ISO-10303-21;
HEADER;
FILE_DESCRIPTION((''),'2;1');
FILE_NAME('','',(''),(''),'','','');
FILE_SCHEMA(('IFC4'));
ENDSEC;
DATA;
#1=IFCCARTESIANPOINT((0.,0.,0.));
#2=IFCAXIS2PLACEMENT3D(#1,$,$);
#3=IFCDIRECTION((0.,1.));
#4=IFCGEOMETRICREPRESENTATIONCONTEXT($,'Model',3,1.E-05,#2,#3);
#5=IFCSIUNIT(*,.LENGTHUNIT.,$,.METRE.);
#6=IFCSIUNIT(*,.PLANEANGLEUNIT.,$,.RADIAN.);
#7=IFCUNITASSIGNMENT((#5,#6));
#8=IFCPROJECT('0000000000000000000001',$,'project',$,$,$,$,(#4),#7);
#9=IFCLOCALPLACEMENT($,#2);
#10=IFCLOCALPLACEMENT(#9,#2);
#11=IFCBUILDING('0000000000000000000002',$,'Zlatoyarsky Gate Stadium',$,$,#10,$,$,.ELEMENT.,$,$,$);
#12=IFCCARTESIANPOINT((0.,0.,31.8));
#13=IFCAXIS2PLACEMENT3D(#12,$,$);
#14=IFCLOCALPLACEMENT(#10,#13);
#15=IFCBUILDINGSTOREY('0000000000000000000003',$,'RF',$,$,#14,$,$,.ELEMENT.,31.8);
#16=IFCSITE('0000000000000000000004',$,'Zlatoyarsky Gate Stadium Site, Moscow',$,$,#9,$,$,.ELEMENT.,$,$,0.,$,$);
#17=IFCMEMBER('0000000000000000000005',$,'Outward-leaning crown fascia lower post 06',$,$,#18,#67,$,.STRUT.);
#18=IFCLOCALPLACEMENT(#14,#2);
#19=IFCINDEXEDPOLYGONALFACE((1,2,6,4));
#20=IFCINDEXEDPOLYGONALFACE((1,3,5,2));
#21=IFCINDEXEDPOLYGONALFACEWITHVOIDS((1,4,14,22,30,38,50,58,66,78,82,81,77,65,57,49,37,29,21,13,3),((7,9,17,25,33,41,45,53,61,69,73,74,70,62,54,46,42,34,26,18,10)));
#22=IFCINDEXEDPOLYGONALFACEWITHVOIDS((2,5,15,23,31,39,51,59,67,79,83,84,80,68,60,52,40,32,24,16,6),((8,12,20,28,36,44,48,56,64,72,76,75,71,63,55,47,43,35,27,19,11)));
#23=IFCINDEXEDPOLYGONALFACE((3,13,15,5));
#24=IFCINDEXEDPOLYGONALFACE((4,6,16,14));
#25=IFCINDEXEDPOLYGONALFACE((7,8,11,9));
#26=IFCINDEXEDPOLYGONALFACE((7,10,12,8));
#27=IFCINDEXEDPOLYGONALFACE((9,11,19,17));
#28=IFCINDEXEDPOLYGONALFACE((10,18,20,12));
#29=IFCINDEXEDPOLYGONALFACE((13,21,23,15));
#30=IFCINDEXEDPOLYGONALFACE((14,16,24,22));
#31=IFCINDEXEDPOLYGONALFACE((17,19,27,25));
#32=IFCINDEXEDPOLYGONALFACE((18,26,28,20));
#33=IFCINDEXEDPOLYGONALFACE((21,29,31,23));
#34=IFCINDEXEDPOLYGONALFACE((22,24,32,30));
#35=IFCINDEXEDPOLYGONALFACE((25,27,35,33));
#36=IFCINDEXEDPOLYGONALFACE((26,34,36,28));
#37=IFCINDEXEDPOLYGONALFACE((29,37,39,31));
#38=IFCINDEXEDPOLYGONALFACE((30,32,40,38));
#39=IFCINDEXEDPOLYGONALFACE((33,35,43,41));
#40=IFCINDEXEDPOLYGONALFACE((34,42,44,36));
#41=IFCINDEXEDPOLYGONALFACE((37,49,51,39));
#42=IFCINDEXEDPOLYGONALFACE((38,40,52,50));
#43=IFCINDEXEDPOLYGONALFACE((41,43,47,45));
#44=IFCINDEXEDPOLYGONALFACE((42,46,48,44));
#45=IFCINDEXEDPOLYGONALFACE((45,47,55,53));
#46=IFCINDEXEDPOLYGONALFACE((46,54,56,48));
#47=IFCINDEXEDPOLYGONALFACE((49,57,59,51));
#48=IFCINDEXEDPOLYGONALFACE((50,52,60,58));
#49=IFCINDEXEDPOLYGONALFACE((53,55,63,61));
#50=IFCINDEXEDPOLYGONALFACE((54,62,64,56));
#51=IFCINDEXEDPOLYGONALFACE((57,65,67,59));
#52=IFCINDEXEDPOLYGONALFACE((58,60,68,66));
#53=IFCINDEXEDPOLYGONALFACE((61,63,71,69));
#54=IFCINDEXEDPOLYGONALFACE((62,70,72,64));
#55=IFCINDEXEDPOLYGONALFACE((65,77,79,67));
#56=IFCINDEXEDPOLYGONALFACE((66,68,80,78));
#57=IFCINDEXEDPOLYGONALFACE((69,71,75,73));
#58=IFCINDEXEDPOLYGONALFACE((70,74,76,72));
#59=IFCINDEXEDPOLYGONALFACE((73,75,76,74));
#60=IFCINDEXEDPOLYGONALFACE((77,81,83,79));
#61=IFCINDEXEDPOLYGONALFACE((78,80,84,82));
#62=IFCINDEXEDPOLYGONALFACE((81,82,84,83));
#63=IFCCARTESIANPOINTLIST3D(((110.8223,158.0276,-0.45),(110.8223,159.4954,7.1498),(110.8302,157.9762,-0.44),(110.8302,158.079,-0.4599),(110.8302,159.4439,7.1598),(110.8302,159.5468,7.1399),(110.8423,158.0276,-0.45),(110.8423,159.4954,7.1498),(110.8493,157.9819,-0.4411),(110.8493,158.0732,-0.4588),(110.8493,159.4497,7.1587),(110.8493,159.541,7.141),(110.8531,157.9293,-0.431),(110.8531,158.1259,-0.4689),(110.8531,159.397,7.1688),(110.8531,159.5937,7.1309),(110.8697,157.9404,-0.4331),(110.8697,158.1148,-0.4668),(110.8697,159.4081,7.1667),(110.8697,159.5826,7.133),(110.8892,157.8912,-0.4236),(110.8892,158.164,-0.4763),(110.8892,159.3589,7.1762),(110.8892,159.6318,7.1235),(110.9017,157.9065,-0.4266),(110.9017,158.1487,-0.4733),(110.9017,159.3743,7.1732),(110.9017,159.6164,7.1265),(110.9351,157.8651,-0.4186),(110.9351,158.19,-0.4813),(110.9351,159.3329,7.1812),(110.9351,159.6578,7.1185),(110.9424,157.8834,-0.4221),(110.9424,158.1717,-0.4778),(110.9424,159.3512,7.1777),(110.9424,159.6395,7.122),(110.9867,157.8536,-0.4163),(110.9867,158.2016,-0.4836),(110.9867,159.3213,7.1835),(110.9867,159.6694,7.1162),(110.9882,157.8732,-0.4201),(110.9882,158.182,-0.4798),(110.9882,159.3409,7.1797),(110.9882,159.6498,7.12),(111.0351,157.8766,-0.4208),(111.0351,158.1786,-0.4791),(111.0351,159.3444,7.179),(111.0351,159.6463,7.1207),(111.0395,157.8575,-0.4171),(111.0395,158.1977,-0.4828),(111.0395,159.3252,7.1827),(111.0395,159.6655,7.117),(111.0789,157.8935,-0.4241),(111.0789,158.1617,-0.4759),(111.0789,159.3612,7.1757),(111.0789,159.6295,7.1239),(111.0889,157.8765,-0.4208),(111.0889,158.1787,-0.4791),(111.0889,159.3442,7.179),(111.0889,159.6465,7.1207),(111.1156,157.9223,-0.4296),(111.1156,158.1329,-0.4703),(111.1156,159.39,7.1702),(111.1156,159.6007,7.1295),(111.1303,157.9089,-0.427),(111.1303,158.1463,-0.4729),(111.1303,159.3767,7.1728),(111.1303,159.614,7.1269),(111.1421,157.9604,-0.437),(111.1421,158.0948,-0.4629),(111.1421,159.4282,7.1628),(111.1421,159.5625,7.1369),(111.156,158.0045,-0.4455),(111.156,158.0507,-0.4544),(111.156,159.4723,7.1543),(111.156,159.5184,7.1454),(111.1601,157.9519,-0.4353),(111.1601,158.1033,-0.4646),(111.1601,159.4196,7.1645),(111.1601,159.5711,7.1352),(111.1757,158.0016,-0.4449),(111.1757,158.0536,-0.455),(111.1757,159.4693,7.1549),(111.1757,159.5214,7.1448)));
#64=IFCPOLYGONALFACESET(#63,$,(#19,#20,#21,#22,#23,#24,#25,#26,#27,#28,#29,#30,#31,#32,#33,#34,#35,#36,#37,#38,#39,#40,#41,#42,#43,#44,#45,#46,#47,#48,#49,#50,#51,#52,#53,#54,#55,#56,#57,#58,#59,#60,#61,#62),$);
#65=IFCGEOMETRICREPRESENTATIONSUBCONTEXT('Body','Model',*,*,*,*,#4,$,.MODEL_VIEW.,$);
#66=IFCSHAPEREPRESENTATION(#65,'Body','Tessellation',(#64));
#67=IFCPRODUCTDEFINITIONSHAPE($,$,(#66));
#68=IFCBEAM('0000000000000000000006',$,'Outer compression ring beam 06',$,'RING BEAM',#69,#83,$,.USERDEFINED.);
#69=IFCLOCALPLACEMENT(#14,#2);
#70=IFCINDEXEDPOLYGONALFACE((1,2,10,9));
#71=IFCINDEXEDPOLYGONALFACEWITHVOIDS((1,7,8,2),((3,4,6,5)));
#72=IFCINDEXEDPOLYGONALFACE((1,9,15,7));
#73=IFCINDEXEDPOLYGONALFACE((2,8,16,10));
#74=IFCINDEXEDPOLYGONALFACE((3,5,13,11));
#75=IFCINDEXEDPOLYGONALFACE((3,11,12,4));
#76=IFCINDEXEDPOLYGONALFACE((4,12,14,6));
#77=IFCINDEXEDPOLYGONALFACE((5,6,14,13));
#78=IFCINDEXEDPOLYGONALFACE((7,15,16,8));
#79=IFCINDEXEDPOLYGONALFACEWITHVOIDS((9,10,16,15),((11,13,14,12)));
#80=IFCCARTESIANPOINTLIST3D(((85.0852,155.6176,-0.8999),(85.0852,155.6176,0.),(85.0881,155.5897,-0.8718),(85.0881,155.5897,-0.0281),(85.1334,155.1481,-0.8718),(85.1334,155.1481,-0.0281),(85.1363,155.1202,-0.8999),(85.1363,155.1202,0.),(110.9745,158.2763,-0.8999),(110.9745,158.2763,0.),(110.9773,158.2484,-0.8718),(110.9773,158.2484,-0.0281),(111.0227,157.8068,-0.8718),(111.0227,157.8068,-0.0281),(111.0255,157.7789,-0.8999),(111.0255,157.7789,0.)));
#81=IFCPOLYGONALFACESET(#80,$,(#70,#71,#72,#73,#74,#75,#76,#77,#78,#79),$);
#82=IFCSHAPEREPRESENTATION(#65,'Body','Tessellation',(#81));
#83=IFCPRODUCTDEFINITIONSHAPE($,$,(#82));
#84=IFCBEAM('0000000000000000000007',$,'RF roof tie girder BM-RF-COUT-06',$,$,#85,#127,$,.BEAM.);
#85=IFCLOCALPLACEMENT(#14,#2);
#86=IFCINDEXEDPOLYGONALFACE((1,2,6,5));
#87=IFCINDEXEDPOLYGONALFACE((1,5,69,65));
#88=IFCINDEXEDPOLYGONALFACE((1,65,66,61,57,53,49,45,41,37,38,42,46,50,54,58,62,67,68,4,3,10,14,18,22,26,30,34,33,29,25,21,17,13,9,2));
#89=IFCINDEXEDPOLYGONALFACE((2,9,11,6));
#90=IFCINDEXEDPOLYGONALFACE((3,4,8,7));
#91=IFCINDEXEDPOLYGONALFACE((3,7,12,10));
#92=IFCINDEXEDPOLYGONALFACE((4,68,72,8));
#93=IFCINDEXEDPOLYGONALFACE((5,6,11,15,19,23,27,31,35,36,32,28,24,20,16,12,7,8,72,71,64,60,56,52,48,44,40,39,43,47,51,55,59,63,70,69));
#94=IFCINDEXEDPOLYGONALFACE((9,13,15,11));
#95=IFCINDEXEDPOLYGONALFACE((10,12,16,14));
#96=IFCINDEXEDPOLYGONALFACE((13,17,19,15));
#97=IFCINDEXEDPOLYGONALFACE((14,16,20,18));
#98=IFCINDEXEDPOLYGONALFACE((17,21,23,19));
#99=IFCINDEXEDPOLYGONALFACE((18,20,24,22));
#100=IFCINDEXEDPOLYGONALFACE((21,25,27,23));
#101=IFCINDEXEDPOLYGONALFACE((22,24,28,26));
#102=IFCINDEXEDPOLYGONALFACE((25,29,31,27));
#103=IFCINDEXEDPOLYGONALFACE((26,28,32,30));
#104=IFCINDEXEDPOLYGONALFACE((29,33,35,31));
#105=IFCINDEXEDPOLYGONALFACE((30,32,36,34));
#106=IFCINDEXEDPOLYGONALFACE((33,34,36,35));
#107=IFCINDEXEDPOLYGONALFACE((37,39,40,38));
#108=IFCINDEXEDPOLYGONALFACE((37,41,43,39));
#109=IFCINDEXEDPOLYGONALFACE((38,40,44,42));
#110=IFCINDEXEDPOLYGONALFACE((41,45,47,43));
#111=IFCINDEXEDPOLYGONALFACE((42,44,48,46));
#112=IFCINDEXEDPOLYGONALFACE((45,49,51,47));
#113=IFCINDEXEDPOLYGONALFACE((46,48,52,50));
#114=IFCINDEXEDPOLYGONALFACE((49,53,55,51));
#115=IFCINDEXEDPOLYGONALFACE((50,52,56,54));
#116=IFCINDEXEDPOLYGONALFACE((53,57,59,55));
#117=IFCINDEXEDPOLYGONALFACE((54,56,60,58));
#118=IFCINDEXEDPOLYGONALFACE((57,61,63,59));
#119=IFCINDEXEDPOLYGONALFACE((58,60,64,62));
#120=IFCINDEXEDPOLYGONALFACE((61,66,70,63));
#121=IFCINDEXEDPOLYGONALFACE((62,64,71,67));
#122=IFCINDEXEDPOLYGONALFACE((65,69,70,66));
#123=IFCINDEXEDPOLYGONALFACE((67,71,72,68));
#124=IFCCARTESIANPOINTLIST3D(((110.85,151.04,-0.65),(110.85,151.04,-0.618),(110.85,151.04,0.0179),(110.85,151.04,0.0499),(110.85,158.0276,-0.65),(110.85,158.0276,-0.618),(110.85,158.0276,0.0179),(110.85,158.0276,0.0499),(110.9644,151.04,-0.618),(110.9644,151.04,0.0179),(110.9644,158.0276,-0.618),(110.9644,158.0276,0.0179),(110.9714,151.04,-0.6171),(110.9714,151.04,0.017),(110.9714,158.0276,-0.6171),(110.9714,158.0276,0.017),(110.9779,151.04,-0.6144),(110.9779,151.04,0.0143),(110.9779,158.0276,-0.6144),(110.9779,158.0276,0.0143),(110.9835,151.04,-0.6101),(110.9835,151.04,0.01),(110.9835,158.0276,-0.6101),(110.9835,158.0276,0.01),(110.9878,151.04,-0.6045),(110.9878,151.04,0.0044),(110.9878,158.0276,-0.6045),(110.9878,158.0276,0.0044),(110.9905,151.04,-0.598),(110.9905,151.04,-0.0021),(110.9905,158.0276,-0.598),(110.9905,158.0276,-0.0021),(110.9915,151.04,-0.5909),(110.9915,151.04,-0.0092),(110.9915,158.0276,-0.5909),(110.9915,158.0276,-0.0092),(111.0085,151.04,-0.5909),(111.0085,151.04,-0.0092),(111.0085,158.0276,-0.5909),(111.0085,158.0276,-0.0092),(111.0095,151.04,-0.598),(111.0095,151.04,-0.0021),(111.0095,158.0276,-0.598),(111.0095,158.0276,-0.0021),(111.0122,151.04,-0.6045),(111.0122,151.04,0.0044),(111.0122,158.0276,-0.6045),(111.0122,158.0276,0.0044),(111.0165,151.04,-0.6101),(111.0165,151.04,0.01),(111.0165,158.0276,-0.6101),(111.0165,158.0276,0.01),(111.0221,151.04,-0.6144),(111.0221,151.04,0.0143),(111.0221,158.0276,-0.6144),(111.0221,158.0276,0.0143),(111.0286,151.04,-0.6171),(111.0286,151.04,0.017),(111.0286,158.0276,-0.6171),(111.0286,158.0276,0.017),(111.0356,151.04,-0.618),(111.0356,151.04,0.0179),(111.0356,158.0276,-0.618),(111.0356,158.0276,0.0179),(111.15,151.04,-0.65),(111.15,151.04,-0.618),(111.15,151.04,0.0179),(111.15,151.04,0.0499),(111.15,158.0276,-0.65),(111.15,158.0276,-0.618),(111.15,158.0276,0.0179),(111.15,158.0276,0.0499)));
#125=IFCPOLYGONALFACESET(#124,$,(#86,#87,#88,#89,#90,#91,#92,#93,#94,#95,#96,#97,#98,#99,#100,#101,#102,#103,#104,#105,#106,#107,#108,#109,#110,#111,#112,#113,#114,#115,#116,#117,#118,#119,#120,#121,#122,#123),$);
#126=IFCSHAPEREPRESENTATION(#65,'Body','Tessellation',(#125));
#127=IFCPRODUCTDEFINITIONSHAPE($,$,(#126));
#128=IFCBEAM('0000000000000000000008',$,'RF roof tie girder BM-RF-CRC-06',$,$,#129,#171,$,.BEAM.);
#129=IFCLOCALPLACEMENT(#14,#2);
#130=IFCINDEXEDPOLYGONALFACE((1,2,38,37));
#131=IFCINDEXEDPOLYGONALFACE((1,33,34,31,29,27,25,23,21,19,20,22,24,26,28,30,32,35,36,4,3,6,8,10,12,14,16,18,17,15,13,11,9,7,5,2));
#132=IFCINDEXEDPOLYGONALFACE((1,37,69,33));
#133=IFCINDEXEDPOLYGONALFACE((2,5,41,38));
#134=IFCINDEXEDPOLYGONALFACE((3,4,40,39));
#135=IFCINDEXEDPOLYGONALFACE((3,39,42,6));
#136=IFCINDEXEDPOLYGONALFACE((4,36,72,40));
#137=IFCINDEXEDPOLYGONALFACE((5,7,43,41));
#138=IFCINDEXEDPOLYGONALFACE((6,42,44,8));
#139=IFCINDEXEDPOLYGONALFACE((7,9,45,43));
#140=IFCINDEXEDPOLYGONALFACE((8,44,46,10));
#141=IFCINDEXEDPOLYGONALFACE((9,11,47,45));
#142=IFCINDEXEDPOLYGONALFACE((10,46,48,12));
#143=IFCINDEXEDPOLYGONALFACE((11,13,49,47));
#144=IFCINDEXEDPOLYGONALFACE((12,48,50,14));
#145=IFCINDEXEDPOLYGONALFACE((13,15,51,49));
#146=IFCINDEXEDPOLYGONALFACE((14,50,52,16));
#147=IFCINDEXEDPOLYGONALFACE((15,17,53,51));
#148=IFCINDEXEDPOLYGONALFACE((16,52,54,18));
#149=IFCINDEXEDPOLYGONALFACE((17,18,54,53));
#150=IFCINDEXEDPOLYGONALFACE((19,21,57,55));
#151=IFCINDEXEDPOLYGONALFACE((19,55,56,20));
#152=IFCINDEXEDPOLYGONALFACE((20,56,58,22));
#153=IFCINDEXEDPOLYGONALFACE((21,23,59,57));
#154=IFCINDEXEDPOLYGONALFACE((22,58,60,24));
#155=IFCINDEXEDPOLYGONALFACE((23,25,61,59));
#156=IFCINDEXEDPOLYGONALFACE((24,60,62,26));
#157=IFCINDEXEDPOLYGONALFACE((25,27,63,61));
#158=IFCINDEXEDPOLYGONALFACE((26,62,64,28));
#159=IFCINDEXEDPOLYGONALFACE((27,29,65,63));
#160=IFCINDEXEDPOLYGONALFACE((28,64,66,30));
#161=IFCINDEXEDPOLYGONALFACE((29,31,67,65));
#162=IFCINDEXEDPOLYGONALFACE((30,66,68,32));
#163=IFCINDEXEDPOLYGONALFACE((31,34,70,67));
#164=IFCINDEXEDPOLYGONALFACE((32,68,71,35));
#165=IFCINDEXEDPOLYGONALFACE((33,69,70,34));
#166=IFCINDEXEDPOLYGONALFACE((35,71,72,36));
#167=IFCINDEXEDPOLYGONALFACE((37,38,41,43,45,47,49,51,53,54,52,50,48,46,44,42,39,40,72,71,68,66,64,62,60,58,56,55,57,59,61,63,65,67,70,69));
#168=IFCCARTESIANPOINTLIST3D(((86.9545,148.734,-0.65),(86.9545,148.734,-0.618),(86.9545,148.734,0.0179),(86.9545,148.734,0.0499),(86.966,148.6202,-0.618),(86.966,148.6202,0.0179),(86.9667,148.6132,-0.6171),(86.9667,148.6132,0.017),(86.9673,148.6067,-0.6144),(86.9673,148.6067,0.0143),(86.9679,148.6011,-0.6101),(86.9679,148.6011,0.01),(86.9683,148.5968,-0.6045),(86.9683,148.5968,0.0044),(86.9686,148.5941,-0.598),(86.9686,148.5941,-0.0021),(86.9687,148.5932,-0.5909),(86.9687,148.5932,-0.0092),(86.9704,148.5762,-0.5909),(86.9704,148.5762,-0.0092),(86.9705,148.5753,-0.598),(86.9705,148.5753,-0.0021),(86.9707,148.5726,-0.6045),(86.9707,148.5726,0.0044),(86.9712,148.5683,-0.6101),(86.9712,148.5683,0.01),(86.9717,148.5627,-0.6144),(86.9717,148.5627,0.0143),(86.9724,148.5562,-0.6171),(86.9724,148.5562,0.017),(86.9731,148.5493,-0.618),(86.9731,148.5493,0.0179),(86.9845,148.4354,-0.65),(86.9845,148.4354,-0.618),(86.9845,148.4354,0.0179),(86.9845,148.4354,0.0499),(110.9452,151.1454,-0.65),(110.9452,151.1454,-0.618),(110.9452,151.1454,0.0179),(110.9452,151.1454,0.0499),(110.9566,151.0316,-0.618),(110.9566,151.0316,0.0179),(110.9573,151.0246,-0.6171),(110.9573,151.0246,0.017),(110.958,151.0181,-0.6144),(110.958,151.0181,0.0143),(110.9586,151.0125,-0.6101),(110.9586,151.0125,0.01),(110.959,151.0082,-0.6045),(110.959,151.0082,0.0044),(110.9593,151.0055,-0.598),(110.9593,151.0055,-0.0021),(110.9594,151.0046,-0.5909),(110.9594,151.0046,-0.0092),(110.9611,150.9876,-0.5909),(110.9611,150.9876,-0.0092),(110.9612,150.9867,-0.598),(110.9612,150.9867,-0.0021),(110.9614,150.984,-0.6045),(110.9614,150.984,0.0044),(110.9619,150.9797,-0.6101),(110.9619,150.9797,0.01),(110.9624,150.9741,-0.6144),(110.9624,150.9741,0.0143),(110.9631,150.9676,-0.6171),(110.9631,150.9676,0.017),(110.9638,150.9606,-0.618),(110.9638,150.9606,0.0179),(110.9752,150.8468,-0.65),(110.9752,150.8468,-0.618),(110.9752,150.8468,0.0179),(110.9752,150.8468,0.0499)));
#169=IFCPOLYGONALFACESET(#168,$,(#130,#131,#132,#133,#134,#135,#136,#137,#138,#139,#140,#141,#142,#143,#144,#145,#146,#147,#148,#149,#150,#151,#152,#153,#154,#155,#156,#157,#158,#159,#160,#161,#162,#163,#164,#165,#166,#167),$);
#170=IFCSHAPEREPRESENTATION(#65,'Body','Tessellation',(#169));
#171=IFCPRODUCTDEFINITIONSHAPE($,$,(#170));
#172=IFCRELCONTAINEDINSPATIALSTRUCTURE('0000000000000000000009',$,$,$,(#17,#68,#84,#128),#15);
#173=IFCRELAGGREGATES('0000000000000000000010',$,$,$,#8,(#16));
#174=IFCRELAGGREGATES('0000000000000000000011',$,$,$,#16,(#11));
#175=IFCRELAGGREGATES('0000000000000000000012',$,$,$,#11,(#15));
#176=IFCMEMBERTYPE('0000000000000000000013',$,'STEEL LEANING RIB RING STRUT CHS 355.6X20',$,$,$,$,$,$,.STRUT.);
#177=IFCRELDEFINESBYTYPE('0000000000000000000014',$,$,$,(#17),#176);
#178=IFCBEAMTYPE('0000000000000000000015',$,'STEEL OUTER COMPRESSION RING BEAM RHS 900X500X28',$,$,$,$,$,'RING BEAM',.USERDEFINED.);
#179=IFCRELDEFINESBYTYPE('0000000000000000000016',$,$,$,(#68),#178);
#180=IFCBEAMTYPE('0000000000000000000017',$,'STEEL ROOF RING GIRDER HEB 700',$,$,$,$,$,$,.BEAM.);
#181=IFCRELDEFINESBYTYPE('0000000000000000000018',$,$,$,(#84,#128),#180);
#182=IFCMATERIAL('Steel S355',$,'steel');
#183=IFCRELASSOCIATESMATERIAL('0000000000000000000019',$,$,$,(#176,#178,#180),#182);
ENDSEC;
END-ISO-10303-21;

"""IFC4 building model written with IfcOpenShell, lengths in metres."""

from ifc_helpers import new_model, si_unit, direction, frame, origin, origin_2d, place, context, subcontext, project, spatial, hollow_rectangle, hollow_circle, i_section, extrude, material, material_profile, profile_set, type_object, element, save


model = new_model("IFC4")

# Units and contexts
model_context = context("Model", 3, precision=1e-05, world=origin(), true_north=direction((0.0, 1.0)))
body_context = subcontext(model_context, "Body", "Model", "MODEL_VIEW")
ifc_project = project(units=[si_unit("LENGTHUNIT", "METRE"), si_unit("PLANEANGLEUNIT", "RADIAN")], contexts=[model_context])

# Site, building, storey
site_placement = place(None, origin())
site = spatial("IfcSite", under=ifc_project, at=site_placement, Name="Zlatoyarsky Gate Stadium Site, Moscow", CompositionType="ELEMENT", RefElevation=0.0)
building_placement = place(site_placement, origin())
building = spatial("IfcBuilding", under=site, at=building_placement, Name="Zlatoyarsky Gate Stadium", CompositionType="ELEMENT")
storey_placement = place(building_placement, frame((0.0, 0.0, 31.8)))
storey = spatial("IfcBuildingStorey", under=building, at=storey_placement, Name="RF", CompositionType="ELEMENT", Elevation=31.8)

# Member
ifc_material_1 = material(Name="Steel S355", Category="steel")
ifc_material_profile_1 = material_profile(ifc_material_1, hollow_circle(Radius=0.1777, WallThickness=0.02, at=origin_2d()), Name="CHS 355.6X20")
ifc_profile_set_1 = profile_set([ifc_material_profile_1], Name="Steel S355")
member_type_1 = type_object("IfcMemberType", Name="STEEL LEANING RIB RING STRUT CHS 355.6X20", PredefinedType="STRUT", material=ifc_profile_set_1)
member_1_placement = place(storey_placement, frame((111.0, 158.0276, -0.45), z_axis=(0.0, 0.189628, 0.981856), x_axis=(-1.0, 0.0, 0.0)))
element("IfcMember", 1, at=member_1_placement, inside=storey, type_object=member_type_1, Name="Outward-leaning crown fascia lower post 06", PredefinedType="STRUT", context=body_context, shape_type="SweptSolid", body=[
    extrude(hollow_circle(Radius=0.1777, WallThickness=0.02, at=origin_2d()), origin(), (0.0, 0.0, 1.0), 7.7402),
])

# Beams
ifc_material_profile_2 = material_profile(ifc_material_1, hollow_rectangle(XDim=0.5, YDim=0.8999, WallThickness=0.0281, at=origin_2d()), Name="RHS 900X500X28")
ifc_profile_set_2 = profile_set([ifc_material_profile_2], Name="Steel S355")
beam_type_1 = type_object("IfcBeamType", Name="STEEL OUTER COMPRESSION RING BEAM RHS 900X500X28", ElementType="RING BEAM", PredefinedType="USERDEFINED", material=ifc_profile_set_2)
beam_1_placement = place(storey_placement, frame((111.0, 158.0276, -0.45), z_axis=(-0.994768, -0.102158, 0.0), x_axis=(0.102158, -0.994768, 0.0)))
element("IfcBeam", 2, at=beam_1_placement, inside=storey, type_object=beam_type_1, Name="Outer compression ring beam 06", ObjectType="RING BEAM", PredefinedType="USERDEFINED", context=body_context, shape_type="SweptSolid", body=[
    extrude(hollow_rectangle(XDim=0.5, YDim=0.8999, WallThickness=0.0281, at=origin_2d()), origin(), (0.0, 0.0, 1.0), 26.0254),
])
ifc_material_profile_3 = material_profile(ifc_material_1, i_section(OverallWidth=0.3, OverallDepth=0.7, WebThickness=0.0171, FlangeThickness=0.032, FilletRadius=0.0271, at=origin_2d()), Name="HEB 700")
ifc_profile_set_3 = profile_set([ifc_material_profile_3], Name="Steel S355")
beam_type_2 = type_object("IfcBeamType", Name="STEEL ROOF RING GIRDER HEB 700", PredefinedType="BEAM", material=ifc_profile_set_3)
beam_2_placement = place(storey_placement, frame((111.0, 151.04, -0.3), z_axis=(0.0, 1.0, 0.0), x_axis=(-1.0, 0.0, 0.0)))
element("IfcBeam", 3, at=beam_2_placement, inside=storey, type_object=beam_type_2, Name="RF roof tie girder BM-RF-COUT-06", PredefinedType="BEAM", context=body_context, shape_type="SweptSolid", body=[
    extrude(i_section(OverallWidth=0.3, OverallDepth=0.7, WebThickness=0.0171, FlangeThickness=0.032, FilletRadius=0.0271, at=origin_2d()), origin(), (0.0, 0.0, 1.0), 6.9875),
])
beam_3_placement = place(storey_placement, frame((110.9602, 150.9961, -0.3), z_axis=(-0.994987, -0.100009, 0.0), x_axis=(0.100009, -0.994987, 0.0)))
element("IfcBeam", 4, at=beam_3_placement, inside=storey, type_object=beam_type_2, Name="RF roof tie girder BM-RF-CRC-06", PredefinedType="BEAM", context=body_context, shape_type="SweptSolid", body=[
    extrude(i_section(OverallWidth=0.3, OverallDepth=0.7, WebThickness=0.0171, FlangeThickness=0.032, FilletRadius=0.0271, at=origin_2d()), origin(), (0.0, 0.0, 1.0), 24.1116),
])

save(model, "model.ifc")
